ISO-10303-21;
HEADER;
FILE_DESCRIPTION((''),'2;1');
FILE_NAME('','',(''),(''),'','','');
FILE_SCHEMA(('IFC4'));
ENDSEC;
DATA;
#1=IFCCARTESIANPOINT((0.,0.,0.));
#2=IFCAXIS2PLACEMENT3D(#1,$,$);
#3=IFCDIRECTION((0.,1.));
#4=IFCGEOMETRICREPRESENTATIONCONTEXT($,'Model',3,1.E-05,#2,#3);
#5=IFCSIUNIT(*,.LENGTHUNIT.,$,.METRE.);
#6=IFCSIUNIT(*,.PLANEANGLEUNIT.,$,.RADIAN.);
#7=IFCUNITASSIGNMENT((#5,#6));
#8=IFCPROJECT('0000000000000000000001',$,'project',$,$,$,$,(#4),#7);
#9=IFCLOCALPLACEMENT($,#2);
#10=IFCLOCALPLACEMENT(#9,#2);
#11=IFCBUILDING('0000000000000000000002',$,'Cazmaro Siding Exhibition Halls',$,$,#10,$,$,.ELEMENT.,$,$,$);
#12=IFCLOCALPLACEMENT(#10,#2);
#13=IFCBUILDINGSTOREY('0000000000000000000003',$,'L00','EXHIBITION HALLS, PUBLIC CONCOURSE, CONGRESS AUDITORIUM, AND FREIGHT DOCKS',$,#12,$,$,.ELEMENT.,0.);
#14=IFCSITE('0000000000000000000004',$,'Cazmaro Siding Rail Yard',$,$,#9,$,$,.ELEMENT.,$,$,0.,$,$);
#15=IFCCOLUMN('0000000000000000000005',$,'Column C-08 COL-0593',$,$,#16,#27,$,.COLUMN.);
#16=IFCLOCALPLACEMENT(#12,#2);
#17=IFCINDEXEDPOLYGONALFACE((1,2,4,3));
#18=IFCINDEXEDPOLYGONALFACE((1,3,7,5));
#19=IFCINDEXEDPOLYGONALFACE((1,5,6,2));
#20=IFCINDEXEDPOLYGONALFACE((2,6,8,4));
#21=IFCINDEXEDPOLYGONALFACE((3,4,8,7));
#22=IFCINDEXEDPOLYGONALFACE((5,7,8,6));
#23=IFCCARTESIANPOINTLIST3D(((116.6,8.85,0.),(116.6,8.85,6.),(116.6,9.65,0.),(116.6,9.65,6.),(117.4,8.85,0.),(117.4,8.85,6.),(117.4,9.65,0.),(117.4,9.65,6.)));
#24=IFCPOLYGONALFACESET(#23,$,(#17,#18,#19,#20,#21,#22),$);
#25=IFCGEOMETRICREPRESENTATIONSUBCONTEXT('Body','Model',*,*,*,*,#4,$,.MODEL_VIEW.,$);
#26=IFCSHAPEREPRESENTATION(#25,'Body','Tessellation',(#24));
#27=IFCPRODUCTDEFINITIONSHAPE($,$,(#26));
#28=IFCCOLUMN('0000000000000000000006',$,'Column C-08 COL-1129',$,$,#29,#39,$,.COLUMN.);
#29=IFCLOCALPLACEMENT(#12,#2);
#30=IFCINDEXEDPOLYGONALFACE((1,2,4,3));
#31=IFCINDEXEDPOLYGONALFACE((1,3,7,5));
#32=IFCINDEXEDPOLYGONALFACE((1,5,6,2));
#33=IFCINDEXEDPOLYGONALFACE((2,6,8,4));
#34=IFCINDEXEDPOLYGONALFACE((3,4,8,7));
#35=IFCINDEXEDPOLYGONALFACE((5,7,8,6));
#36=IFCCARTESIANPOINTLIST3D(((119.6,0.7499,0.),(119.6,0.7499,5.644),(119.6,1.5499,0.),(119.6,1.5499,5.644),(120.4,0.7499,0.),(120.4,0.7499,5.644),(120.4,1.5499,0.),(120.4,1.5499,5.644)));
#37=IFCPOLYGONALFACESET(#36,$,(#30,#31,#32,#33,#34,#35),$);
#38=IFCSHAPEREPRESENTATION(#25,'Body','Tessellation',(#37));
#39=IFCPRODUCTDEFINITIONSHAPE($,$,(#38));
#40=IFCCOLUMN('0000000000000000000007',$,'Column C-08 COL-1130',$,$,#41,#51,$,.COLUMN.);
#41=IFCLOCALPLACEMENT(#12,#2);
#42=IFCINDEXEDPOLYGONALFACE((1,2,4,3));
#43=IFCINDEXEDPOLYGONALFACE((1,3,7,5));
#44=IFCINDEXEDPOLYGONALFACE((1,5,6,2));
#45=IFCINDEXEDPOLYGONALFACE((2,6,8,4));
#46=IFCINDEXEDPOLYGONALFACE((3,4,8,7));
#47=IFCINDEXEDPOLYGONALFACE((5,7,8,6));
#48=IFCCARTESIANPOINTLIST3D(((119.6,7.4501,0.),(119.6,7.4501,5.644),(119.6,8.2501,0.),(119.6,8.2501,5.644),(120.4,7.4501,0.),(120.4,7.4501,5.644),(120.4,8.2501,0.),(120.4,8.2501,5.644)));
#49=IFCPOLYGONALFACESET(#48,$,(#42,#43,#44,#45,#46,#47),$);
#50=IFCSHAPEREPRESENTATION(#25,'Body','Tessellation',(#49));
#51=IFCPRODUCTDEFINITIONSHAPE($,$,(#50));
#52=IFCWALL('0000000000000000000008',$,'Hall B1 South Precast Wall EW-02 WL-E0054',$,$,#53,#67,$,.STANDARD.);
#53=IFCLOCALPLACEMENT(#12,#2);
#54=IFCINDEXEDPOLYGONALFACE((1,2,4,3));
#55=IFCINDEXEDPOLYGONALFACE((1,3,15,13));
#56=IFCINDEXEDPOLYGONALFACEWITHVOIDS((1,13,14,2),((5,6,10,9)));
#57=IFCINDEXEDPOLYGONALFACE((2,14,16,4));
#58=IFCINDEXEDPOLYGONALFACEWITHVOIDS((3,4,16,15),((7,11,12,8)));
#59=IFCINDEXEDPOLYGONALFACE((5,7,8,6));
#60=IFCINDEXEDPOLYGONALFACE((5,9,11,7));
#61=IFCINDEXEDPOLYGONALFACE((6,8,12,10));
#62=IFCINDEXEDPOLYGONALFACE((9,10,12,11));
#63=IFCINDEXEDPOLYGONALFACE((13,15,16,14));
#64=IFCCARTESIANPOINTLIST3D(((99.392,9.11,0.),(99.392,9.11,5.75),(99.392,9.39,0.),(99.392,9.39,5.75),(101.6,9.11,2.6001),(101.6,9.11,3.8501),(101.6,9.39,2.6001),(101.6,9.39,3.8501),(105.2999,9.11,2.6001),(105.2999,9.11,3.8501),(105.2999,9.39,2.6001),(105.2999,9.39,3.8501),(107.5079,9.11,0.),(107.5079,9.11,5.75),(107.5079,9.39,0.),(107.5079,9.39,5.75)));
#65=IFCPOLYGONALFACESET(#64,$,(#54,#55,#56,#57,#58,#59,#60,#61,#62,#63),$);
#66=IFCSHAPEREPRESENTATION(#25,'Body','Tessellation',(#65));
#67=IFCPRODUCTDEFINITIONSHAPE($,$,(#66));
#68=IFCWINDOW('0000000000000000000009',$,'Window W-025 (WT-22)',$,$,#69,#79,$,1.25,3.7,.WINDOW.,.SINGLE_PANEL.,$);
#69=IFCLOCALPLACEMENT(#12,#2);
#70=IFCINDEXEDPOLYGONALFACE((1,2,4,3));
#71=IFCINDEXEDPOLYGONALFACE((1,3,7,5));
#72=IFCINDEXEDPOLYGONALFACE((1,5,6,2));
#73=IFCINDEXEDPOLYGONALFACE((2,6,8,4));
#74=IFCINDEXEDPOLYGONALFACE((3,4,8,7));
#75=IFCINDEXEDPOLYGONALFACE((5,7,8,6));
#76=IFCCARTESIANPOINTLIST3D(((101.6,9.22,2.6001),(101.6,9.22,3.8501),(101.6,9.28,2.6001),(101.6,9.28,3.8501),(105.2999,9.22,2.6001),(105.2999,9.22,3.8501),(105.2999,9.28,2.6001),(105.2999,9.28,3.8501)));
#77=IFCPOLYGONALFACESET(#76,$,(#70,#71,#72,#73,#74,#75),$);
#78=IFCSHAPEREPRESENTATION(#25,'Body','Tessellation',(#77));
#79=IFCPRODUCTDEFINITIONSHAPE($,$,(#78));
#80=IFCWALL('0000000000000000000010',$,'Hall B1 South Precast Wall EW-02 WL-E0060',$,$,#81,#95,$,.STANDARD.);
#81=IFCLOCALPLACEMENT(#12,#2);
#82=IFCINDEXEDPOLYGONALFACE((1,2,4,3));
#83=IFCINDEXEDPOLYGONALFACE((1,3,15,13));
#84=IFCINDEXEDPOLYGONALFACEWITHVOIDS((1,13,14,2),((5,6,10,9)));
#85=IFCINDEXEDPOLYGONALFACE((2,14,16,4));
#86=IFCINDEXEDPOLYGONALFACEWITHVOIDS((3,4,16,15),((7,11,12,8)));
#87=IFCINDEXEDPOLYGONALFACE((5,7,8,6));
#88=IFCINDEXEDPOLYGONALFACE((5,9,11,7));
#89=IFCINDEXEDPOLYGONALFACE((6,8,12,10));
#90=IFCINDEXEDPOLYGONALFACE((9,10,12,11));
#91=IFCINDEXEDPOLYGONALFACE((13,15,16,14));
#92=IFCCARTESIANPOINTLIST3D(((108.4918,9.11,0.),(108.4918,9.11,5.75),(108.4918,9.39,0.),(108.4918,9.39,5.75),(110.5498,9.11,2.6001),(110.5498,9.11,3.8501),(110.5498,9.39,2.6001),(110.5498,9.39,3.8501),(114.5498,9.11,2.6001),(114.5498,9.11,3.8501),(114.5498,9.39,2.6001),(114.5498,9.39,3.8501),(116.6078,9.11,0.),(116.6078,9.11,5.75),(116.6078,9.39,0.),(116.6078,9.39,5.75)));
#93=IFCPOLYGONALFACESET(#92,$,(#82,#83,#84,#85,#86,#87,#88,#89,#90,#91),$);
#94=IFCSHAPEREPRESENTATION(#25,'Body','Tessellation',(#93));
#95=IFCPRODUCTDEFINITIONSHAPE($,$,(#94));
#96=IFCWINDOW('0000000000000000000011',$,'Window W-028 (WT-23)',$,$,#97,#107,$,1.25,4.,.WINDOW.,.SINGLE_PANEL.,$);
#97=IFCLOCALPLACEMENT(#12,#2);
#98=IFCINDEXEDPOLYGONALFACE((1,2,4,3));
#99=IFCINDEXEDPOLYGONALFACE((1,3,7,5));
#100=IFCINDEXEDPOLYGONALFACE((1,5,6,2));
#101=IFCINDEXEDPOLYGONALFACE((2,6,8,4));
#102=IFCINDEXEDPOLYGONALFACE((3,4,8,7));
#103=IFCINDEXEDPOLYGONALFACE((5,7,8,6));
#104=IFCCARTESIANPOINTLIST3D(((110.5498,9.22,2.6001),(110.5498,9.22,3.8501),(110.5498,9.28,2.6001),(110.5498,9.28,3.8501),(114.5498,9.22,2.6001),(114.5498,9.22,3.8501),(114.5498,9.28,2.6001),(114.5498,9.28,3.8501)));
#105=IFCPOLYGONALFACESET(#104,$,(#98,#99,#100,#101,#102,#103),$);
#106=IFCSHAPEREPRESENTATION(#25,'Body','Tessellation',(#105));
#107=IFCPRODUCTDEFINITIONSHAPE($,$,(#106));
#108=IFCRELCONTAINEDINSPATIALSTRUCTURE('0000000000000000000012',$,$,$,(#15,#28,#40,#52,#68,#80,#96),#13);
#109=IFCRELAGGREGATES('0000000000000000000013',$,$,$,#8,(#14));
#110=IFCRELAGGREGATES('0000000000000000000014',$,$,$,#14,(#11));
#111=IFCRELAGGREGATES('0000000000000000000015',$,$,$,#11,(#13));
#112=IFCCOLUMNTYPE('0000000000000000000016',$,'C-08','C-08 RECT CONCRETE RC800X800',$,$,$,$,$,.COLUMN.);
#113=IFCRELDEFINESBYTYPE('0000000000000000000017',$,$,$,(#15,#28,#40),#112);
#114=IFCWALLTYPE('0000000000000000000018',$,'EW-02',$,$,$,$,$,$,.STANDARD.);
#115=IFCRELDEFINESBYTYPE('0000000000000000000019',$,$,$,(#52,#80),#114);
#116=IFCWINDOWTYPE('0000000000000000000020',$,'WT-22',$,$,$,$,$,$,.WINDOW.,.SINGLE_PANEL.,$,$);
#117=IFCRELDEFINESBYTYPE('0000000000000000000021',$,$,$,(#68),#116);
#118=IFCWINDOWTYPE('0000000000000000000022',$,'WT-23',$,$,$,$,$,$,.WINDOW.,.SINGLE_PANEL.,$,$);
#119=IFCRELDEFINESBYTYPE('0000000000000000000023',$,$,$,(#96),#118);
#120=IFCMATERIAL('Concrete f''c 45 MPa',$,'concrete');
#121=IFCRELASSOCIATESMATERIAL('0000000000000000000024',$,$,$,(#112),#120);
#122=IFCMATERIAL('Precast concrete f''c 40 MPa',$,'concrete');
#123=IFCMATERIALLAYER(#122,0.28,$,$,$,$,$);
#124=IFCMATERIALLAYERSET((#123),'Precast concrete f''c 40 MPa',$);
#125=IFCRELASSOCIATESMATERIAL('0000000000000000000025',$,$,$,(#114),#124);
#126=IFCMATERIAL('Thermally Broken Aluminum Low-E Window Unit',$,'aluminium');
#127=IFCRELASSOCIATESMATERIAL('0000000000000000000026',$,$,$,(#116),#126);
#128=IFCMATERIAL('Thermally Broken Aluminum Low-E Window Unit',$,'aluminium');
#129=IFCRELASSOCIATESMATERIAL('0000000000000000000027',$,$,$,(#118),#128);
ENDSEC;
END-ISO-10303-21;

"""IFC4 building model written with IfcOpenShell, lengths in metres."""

from ifc_helpers import new_model, si_unit, direction, frame, frame_2d, origin, origin_2d, place, context, subcontext, project, spatial, rectangle, extrude, material, layer, layer_set, material_profile, profile_set, type_object, element, fill, save


model = new_model("IFC4")

# Units and contexts
model_context = context("Model", 3, precision=1e-05, world=origin(), true_north=direction((0.0, 1.0)))
body_context = subcontext(model_context, "Body", "Model", "MODEL_VIEW")
ifc_project = project(units=[si_unit("LENGTHUNIT", "METRE"), si_unit("PLANEANGLEUNIT", "RADIAN")], contexts=[model_context])

# Site, building, storey
site_placement = place(None, origin())
site = spatial("IfcSite", under=ifc_project, at=site_placement, Name="Cazmaro Siding Rail Yard", CompositionType="ELEMENT", RefElevation=0.0)
building_placement = place(site_placement, origin())
building = spatial("IfcBuilding", under=site, at=building_placement, Name="Cazmaro Siding Exhibition Halls", CompositionType="ELEMENT")
storey_placement = place(building_placement, origin())
storey = spatial("IfcBuildingStorey", under=building, at=storey_placement, Name="L00", Description="EXHIBITION HALLS, PUBLIC CONCOURSE, CONGRESS AUDITORIUM, AND FREIGHT DOCKS", CompositionType="ELEMENT", Elevation=0.0)

# Columns
ifc_material_1 = material(Name="Concrete f'c 45 MPa", Category="concrete")
ifc_material_profile_1 = material_profile(ifc_material_1, rectangle(XDim=0.8, YDim=0.8, at=origin_2d()), Name="RC800X800")
ifc_profile_set_1 = profile_set([ifc_material_profile_1], Name="Concrete f'c 45 MPa")
column_type_1 = type_object("IfcColumnType", Name="C-08", Description="C-08 RECT CONCRETE RC800X800", PredefinedType="COLUMN", material=ifc_profile_set_1)
column_placement = place(storey_placement, frame((117.0, 9.25, 0.0), z_axis=(0.0, 0.0, 1.0), x_axis=(1.0, 0.0, 0.0)))
element("IfcColumn", 1, at=column_placement, inside=storey, type_object=column_type_1, Name="Column C-08 COL-0593", PredefinedType="COLUMN", context=body_context, shape_type="SweptSolid", body=[
    extrude(rectangle(XDim=0.8, YDim=0.8, at=origin_2d()), origin(), (0.0, 0.0, 1.0), 6.0),
])
for number, where, z_axis, x_axis, name in (
    (2, (120.0, 1.1499, 0.0), (0.0, 0.0, 1.0), (1.0, 0.0, 0.0), "Column C-08 COL-1129"),
    (3, (120.0, 7.8501, 0.0), (0.0, 0.0, 1.0), (1.0, 0.0, 0.0), "Column C-08 COL-1130"),
):
    element("IfcColumn", number, at=place(storey_placement, frame(where, z_axis=z_axis, x_axis=x_axis)), inside=storey, type_object=column_type_1, Name=name, PredefinedType="COLUMN", context=body_context, shape_type="SweptSolid", body=[
        extrude(rectangle(XDim=0.8, YDim=0.8, at=origin_2d()), origin(), (0.0, 0.0, 1.0), 5.644),
    ])

# Walls, openings, windows
ifc_material_2 = material(Name="Precast concrete f'c 40 MPa", Category="concrete")
ifc_layer = layer(ifc_material_2, 0.28)
ifc_layer_set = layer_set([ifc_layer], Name="Precast concrete f'c 40 MPa")
wall_type = type_object("IfcWallType", Name="EW-02", PredefinedType="STANDARD", material=ifc_layer_set)
wall_1_placement = place(storey_placement, frame((107.5081, 9.25, 0.0), z_axis=(0.0, 0.0, 1.0), x_axis=(-1.0, 0.0, 0.0)))
wall_1 = element("IfcWall", 4, at=wall_1_placement, inside=storey, type_object=wall_type, Name="Hall B1 South Precast Wall EW-02 WL-E0054", PredefinedType="STANDARD", context=body_context, shape_type="SweptSolid", body=[
    extrude(rectangle(XDim=8.116, YDim=0.28, at=frame_2d((4.0581, 0.0))), origin(), (0.0, 0.0, 1.0), 5.75),
])
opening_1_placement = place(wall_1_placement, frame((2.208, 0.0, 2.6001)))
opening_1 = element("IfcOpeningElement", 5, at=opening_1_placement, cuts=wall_1, PredefinedType="OPENING", context=body_context, shape_type="SweptSolid", body=[
    extrude(rectangle(XDim=3.7, YDim=1.25, at=frame_2d((1.8501, 0.625))), frame((0.0, 0.1499, 0.0), z_axis=(0.0, -1.0, 0.0), x_axis=(1.0, 0.0, 0.0)), (0.0, 0.0, 1.0), 0.3),
])
ifc_material_3 = material(Name="Thermally Broken Aluminum Low-E Window Unit", Category="aluminium")
window_type_1 = type_object("IfcWindowType", Name="WT-22", PartitioningType="SINGLE_PANEL", PredefinedType="WINDOW", material=ifc_material_3)
window_1_placement = place(opening_1_placement, origin())
window_1 = element("IfcWindow", 6, at=window_1_placement, inside=storey, type_object=window_type_1, Name="Window W-025 (WT-22)", OverallHeight=1.25, OverallWidth=3.7, PartitioningType="SINGLE_PANEL", PredefinedType="WINDOW", context=body_context, shape_type="SweptSolid", body=[
    extrude(rectangle(XDim=3.7, YDim=1.25, at=frame_2d((1.8501, 0.625))), frame((0.0, 0.03, 0.0), z_axis=(0.0, -1.0, 0.0), x_axis=(1.0, 0.0, 0.0)), (0.0, 0.0, 1.0), 0.0601),
])
fill(opening_1, window_1)
wall_2_placement = place(storey_placement, frame((116.6079, 9.25, 0.0), z_axis=(0.0, 0.0, 1.0), x_axis=(-1.0, 0.0, 0.0)))
wall_2 = element("IfcWall", 7, at=wall_2_placement, inside=storey, type_object=wall_type, Name="Hall B1 South Precast Wall EW-02 WL-E0060", PredefinedType="STANDARD", context=body_context, shape_type="SweptSolid", body=[
    extrude(rectangle(XDim=8.116, YDim=0.28, at=frame_2d((4.0581, 0.0))), origin(), (0.0, 0.0, 1.0), 5.75),
])
opening_2_placement = place(wall_2_placement, frame((2.0581, 0.0, 2.6001)))
opening_2 = element("IfcOpeningElement", 8, at=opening_2_placement, cuts=wall_2, PredefinedType="OPENING", context=body_context, shape_type="SweptSolid", body=[
    extrude(rectangle(XDim=4.0, YDim=1.25, at=frame_2d((2.0, 0.625))), frame((0.0, 0.1499, 0.0), z_axis=(0.0, -1.0, 0.0), x_axis=(1.0, 0.0, 0.0)), (0.0, 0.0, 1.0), 0.3),
])
ifc_material_4 = material(Name="Thermally Broken Aluminum Low-E Window Unit", Category="aluminium")
window_type_2 = type_object("IfcWindowType", Name="WT-23", PartitioningType="SINGLE_PANEL", PredefinedType="WINDOW", material=ifc_material_4)
window_2_placement = place(opening_2_placement, origin())
window_2 = element("IfcWindow", 9, at=window_2_placement, inside=storey, type_object=window_type_2, Name="Window W-028 (WT-23)", OverallHeight=1.25, OverallWidth=4.0, PartitioningType="SINGLE_PANEL", PredefinedType="WINDOW", context=body_context, shape_type="SweptSolid", body=[
    extrude(rectangle(XDim=4.0, YDim=1.25, at=frame_2d((2.0, 0.625))), frame((0.0, 0.03, 0.0), z_axis=(0.0, -1.0, 0.0), x_axis=(1.0, 0.0, 0.0)), (0.0, 0.0, 1.0), 0.0601),
])
fill(opening_2, window_2)

save(model, "model.ifc")
